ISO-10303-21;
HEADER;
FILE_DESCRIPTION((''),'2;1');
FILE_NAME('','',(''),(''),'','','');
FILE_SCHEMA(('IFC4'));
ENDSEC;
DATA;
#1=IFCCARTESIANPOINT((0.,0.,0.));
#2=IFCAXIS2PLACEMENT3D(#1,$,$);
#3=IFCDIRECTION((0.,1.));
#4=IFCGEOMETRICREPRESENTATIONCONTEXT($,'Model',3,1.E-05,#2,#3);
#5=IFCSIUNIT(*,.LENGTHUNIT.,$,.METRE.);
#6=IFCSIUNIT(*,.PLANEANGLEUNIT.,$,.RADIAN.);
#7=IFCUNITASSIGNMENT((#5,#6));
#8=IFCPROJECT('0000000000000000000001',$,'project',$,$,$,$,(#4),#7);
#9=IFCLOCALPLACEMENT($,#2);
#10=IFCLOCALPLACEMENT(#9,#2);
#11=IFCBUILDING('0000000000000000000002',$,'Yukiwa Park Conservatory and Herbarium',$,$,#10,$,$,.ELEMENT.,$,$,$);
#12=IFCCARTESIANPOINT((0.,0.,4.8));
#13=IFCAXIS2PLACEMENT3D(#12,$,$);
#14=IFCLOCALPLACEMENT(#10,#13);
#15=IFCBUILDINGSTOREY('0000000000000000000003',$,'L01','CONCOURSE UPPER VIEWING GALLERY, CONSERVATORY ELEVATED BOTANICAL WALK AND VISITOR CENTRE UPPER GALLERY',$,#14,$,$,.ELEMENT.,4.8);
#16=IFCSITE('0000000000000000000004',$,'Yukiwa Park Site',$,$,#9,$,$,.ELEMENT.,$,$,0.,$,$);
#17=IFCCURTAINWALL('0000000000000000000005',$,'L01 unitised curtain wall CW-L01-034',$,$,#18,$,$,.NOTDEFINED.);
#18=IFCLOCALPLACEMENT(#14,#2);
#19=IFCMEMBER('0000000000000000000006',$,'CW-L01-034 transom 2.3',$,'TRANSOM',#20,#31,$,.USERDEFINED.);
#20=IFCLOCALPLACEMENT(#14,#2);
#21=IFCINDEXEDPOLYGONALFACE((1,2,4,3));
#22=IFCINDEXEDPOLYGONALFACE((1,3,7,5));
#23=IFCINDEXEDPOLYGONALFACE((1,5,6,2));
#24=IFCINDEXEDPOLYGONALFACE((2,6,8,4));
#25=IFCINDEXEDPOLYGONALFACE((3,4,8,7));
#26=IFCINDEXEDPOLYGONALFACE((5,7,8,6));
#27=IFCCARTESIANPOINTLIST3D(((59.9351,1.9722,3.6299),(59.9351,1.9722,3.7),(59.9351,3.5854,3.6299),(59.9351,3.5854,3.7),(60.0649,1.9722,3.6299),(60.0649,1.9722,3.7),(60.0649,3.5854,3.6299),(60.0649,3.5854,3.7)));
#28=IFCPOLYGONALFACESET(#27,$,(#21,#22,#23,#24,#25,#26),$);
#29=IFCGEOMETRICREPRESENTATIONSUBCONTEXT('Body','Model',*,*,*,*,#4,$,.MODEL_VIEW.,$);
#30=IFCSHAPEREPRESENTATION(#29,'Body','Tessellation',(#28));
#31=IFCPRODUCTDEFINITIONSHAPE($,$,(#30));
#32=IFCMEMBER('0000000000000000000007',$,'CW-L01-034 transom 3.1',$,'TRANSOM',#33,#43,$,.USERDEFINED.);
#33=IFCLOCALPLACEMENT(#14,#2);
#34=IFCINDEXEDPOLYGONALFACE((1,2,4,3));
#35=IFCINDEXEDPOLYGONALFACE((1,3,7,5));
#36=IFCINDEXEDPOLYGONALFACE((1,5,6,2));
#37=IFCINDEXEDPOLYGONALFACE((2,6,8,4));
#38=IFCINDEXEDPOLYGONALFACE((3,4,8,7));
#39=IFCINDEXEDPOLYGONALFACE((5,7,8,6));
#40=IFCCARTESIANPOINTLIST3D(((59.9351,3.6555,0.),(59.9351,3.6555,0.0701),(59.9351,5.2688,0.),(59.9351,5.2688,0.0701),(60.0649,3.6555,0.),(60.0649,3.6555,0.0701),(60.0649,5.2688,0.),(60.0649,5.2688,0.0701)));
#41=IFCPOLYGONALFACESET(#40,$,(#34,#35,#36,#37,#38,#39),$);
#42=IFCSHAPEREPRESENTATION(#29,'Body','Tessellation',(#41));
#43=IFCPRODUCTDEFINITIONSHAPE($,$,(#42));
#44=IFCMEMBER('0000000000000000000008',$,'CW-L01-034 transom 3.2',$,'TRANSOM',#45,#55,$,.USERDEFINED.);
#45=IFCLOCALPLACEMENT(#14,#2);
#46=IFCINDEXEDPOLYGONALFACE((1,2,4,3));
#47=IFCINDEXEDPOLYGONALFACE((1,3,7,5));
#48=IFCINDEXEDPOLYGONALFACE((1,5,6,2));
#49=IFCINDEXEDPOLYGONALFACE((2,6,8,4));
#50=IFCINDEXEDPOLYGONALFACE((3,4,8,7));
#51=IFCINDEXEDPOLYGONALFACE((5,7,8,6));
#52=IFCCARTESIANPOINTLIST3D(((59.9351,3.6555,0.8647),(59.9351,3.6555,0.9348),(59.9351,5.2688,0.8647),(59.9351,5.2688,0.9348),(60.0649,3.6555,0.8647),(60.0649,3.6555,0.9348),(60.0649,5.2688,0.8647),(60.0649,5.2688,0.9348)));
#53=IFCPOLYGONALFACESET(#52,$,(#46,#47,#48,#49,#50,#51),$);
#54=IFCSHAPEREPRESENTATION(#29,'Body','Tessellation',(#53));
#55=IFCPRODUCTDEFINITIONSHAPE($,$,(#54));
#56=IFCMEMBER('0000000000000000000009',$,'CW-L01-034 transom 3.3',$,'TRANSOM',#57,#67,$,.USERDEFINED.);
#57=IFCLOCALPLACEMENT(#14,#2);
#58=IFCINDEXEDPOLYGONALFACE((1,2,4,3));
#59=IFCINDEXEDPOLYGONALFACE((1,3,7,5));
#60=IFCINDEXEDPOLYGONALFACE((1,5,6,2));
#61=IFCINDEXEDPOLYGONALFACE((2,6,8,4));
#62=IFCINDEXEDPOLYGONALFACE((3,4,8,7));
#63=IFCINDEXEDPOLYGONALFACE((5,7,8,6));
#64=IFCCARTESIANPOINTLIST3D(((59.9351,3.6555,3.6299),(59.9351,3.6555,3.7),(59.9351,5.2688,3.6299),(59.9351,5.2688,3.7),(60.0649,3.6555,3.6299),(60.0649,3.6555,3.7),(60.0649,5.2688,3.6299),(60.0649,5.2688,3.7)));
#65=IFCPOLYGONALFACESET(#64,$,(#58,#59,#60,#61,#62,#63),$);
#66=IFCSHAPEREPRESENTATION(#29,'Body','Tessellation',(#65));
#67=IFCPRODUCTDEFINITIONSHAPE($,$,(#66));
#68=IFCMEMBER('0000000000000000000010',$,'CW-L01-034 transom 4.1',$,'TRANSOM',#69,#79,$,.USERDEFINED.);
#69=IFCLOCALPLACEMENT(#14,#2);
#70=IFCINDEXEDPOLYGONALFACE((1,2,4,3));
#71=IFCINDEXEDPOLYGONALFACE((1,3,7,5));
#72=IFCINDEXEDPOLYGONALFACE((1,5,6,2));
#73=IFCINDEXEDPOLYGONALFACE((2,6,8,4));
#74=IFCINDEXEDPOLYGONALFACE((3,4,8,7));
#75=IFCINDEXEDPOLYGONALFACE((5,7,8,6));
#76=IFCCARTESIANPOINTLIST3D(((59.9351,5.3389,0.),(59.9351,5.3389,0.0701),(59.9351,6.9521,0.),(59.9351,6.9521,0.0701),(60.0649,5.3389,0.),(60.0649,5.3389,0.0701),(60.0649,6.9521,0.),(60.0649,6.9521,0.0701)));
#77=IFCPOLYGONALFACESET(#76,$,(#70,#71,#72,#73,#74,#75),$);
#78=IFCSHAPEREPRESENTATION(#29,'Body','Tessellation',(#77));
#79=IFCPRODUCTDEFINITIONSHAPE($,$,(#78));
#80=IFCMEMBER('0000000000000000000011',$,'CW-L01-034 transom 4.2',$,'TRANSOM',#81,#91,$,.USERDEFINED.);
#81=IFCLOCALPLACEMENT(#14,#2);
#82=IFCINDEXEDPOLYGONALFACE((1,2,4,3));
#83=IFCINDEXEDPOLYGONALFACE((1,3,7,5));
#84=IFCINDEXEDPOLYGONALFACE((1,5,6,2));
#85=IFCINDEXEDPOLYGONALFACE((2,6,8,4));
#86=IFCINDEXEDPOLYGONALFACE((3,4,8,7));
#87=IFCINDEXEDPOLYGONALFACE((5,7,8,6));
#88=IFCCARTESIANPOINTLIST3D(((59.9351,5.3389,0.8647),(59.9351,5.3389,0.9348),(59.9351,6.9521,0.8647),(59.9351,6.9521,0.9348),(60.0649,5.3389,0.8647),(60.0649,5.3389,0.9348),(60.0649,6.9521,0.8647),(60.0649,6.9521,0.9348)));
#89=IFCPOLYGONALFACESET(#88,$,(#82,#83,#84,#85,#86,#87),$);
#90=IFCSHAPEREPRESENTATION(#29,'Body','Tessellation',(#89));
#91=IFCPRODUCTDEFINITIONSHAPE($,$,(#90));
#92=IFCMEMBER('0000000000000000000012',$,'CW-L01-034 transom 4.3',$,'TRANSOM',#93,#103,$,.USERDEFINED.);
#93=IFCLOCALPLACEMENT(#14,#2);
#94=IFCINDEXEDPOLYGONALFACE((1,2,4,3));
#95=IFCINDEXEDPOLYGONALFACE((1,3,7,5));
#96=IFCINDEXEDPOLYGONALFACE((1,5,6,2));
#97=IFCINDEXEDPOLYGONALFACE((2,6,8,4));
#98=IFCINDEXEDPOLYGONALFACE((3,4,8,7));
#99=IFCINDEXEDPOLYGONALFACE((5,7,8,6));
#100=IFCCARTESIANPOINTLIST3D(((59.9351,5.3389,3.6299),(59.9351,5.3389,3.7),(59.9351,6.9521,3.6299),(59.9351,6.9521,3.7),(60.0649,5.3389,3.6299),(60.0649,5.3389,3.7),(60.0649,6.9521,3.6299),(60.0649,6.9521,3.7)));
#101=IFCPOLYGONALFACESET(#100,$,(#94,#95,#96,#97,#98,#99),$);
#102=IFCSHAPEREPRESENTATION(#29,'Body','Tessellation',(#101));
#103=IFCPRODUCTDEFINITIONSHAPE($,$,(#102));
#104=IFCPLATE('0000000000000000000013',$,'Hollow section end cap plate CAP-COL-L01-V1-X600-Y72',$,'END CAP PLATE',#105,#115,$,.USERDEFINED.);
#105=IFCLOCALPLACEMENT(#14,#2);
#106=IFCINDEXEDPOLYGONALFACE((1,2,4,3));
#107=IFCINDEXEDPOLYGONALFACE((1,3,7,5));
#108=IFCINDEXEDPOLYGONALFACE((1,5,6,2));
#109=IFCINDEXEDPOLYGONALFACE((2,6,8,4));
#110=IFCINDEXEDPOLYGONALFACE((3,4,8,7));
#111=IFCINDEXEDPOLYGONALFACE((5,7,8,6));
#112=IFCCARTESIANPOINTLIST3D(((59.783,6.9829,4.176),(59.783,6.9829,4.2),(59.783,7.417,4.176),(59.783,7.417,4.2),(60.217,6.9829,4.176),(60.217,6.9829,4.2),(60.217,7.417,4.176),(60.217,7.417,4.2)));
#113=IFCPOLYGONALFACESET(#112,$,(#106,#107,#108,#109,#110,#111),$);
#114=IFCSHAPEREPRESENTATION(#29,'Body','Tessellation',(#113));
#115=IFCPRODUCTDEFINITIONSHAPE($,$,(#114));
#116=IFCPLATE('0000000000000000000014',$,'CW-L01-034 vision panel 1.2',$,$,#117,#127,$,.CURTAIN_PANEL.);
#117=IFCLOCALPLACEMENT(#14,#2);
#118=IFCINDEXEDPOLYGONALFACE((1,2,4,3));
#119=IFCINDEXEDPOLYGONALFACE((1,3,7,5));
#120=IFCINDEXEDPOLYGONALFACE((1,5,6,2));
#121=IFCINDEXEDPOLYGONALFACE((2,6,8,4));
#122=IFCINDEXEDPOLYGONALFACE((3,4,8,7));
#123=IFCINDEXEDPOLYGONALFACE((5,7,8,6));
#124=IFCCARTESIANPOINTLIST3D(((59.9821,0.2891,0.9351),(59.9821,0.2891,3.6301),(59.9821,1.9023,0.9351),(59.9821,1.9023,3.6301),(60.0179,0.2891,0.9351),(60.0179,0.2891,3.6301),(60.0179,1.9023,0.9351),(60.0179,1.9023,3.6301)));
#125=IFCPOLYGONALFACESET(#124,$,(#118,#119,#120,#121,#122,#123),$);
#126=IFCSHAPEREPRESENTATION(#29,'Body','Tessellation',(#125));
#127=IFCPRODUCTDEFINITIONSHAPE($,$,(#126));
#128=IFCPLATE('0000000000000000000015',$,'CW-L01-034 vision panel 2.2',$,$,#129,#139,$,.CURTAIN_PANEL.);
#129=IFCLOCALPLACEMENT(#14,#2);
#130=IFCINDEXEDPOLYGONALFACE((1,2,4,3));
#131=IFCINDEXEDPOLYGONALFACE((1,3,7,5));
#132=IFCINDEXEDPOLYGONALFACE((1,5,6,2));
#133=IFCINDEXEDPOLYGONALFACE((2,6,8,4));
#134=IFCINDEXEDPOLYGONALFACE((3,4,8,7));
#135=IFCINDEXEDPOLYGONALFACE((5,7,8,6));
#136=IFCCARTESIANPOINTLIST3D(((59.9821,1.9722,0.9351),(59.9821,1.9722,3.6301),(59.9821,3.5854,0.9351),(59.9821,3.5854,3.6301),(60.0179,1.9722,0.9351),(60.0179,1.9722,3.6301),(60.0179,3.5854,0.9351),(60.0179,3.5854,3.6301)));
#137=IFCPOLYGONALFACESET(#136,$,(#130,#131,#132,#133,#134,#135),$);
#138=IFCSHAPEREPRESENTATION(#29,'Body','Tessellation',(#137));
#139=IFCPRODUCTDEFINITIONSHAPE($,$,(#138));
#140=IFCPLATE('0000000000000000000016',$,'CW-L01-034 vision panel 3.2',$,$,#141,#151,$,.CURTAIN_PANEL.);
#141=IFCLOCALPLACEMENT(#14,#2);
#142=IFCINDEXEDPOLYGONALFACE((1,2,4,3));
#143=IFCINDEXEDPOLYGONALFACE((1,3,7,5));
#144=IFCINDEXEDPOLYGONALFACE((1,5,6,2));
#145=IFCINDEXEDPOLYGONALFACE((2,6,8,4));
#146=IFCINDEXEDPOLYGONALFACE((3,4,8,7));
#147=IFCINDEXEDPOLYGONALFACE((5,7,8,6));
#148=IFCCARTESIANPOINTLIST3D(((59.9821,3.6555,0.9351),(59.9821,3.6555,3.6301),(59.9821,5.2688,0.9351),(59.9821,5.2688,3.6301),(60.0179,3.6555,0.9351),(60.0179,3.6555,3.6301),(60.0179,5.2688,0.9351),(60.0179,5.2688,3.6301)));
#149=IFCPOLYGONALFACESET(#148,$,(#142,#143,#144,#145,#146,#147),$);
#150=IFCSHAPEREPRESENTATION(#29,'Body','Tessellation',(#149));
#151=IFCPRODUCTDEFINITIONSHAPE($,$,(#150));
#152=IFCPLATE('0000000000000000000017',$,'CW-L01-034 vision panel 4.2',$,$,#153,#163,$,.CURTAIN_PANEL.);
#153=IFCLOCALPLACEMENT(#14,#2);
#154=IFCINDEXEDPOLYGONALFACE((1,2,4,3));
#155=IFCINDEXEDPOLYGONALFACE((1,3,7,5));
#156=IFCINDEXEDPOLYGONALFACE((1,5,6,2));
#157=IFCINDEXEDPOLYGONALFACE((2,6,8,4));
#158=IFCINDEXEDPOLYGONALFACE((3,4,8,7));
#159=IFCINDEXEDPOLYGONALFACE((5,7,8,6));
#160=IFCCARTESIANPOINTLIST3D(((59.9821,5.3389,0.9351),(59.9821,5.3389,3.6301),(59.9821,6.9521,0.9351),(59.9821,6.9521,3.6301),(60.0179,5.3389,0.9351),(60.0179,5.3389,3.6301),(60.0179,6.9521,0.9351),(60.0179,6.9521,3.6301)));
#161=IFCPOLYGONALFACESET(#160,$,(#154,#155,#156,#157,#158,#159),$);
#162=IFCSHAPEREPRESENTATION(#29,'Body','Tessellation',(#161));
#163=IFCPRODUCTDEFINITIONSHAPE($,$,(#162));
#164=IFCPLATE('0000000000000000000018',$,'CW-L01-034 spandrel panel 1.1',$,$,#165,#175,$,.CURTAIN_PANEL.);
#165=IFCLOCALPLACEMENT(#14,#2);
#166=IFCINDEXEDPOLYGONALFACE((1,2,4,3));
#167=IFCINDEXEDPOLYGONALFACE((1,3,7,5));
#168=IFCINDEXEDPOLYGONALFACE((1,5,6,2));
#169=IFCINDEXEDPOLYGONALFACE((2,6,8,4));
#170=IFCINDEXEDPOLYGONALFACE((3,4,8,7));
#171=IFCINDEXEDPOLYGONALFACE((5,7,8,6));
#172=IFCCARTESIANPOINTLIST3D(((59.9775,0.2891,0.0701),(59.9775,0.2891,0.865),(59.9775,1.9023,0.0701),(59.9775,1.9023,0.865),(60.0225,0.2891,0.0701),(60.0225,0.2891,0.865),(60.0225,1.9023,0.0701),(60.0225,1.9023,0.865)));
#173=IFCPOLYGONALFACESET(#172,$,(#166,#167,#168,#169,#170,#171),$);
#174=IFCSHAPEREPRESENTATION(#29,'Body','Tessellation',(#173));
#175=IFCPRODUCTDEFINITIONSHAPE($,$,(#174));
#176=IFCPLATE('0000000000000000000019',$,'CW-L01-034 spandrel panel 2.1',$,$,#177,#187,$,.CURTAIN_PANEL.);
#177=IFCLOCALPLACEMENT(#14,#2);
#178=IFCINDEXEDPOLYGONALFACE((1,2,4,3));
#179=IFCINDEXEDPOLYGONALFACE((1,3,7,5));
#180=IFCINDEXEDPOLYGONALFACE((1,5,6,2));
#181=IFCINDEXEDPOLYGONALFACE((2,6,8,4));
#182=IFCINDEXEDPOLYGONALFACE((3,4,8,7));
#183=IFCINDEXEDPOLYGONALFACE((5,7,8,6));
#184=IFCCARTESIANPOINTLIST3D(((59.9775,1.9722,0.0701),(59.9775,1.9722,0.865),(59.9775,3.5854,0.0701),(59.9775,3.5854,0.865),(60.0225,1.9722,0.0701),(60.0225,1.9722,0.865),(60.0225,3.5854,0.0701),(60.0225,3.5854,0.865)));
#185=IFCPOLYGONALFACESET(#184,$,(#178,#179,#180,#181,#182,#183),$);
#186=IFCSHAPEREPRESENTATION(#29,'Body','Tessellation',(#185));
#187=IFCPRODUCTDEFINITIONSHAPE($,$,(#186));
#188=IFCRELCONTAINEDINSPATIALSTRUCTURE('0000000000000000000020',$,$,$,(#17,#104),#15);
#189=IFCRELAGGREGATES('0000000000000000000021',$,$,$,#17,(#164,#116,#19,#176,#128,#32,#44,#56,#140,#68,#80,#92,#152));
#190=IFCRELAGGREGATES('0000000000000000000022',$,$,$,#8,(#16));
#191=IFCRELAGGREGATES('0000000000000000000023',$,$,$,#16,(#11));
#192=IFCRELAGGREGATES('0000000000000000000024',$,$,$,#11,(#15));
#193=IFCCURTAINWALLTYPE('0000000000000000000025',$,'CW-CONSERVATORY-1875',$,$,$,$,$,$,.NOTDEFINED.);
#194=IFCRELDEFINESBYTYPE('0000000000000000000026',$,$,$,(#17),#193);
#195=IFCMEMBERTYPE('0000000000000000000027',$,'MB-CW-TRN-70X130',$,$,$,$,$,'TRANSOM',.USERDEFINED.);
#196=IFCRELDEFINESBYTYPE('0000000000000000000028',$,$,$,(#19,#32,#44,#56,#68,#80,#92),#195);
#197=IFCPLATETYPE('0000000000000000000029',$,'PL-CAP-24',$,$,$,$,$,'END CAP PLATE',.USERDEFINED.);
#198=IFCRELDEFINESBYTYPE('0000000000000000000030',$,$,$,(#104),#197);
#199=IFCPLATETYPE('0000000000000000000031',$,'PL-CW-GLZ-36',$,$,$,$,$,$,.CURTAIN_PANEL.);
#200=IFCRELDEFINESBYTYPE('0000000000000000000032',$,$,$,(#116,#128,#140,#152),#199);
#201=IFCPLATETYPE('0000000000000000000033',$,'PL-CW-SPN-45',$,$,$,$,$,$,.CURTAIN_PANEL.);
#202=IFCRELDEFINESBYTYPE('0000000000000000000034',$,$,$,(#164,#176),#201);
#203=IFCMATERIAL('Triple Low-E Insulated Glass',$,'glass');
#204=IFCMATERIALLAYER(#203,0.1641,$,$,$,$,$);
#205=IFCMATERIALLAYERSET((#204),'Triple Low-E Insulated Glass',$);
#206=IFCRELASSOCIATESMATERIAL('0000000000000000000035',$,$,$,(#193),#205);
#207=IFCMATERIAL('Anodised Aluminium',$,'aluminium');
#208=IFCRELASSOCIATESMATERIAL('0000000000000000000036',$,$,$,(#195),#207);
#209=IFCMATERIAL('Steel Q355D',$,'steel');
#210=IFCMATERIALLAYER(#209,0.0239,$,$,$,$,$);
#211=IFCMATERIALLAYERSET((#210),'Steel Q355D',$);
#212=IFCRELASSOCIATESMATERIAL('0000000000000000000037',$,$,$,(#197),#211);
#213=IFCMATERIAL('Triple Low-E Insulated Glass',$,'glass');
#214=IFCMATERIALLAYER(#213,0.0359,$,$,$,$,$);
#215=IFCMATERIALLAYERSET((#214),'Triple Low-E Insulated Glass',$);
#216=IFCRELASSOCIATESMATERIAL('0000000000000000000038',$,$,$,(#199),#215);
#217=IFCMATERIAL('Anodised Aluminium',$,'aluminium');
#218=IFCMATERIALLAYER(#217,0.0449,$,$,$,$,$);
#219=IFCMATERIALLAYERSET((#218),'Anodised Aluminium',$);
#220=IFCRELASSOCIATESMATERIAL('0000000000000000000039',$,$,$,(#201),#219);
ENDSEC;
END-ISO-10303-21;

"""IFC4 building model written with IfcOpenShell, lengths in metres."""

from ifc_helpers import new_model, si_unit, direction, frame, origin, origin_2d, place, context, subcontext, project, spatial, rectangle, extrude, material, layer, layer_set, type_object, element, aggregate, save


model = new_model("IFC4")

# Units and contexts
model_context = context("Model", 3, precision=1e-05, world=origin(), true_north=direction((0.0, 1.0)))
body_context = subcontext(model_context, "Body", "Model", "MODEL_VIEW")
ifc_project = project(units=[si_unit("LENGTHUNIT", "METRE"), si_unit("PLANEANGLEUNIT", "RADIAN")], contexts=[model_context])

# Site, building, storey
site_placement = place(None, origin())
site = spatial("IfcSite", under=ifc_project, at=site_placement, Name="Yukiwa Park Site", CompositionType="ELEMENT", RefElevation=0.0)
building_placement = place(site_placement, origin())
building = spatial("IfcBuilding", under=site, at=building_placement, Name="Yukiwa Park Conservatory and Herbarium", CompositionType="ELEMENT")
storey_placement = place(building_placement, frame((0.0, 0.0, 4.8)))
storey = spatial("IfcBuildingStorey", under=building, at=storey_placement, Name="L01", Description="CONCOURSE UPPER VIEWING GALLERY, CONSERVATORY ELEVATED BOTANICAL WALK AND VISITOR CENTRE UPPER GALLERY", CompositionType="ELEMENT", Elevation=4.8)

# Curtain wall, members
ifc_material_1 = material(Name="Triple Low-E Insulated Glass", Category="glass")
ifc_layer_1 = layer(ifc_material_1, 0.1641)
ifc_layer_set_1 = layer_set([ifc_layer_1], Name="Triple Low-E Insulated Glass")
curtain_wall_type = type_object("IfcCurtainWallType", Name="CW-CONSERVATORY-1875", PredefinedType="NOTDEFINED", material=ifc_layer_set_1)
curtain_wall_placement = place(storey_placement, origin())
curtain_wall = element("IfcCurtainWall", 1, at=curtain_wall_placement, inside=storey, type_object=curtain_wall_type, Name="L01 unitised curtain wall CW-L01-034", PredefinedType="NOTDEFINED")
ifc_material_2 = material(Name="Anodised Aluminium", Category="aluminium")
member_type_1 = type_object("IfcMemberType", Name="MB-CW-TRN-70X130", ElementType="TRANSOM", PredefinedType="USERDEFINED", material=ifc_material_2)
member_1_placement = place(storey_placement, frame((60.0, 2.7788, 3.6299), z_axis=(0.0, 0.0, 1.0), x_axis=(0.0, 1.0, 0.0)))
member_1 = element("IfcMember", 2, at=member_1_placement, type_object=member_type_1, Name="CW-L01-034 transom 2.3", ObjectType="TRANSOM", PredefinedType="USERDEFINED", context=body_context, shape_type="SweptSolid", body=[
    extrude(rectangle(XDim=1.6133, YDim=0.1299, at=origin_2d()), origin(), (0.0, 0.0, 1.0), 0.0701),
])
member_2_placement = place(storey_placement, frame((60.0, 4.4622, 0.0), z_axis=(0.0, 0.0, 1.0), x_axis=(0.0, 1.0, 0.0)))
member_2 = element("IfcMember", 3, at=member_2_placement, type_object=member_type_1, Name="CW-L01-034 transom 3.1", ObjectType="TRANSOM", PredefinedType="USERDEFINED", context=body_context, shape_type="SweptSolid", body=[
    extrude(rectangle(XDim=1.6133, YDim=0.1299, at=origin_2d()), origin(), (0.0, 0.0, 1.0), 0.0701),
])
member_3_placement = place(storey_placement, frame((60.0, 4.4622, 0.8647), z_axis=(0.0, 0.0, 1.0), x_axis=(0.0, 1.0, 0.0)))
member_3 = element("IfcMember", 4, at=member_3_placement, type_object=member_type_1, Name="CW-L01-034 transom 3.2", ObjectType="TRANSOM", PredefinedType="USERDEFINED", context=body_context, shape_type="SweptSolid", body=[
    extrude(rectangle(XDim=1.6133, YDim=0.1299, at=origin_2d()), origin(), (0.0, 0.0, 1.0), 0.0701),
])
member_4_placement = place(storey_placement, frame((60.0, 4.4622, 3.6299), z_axis=(0.0, 0.0, 1.0), x_axis=(0.0, 1.0, 0.0)))
member_4 = element("IfcMember", 5, at=member_4_placement, type_object=member_type_1, Name="CW-L01-034 transom 3.3", ObjectType="TRANSOM", PredefinedType="USERDEFINED", context=body_context, shape_type="SweptSolid", body=[
    extrude(rectangle(XDim=1.6133, YDim=0.1299, at=origin_2d()), origin(), (0.0, 0.0, 1.0), 0.0701),
])
member_5_placement = place(storey_placement, frame((60.0, 6.1455, 0.0), z_axis=(0.0, 0.0, 1.0), x_axis=(0.0, 1.0, 0.0)))
member_5 = element("IfcMember", 6, at=member_5_placement, type_object=member_type_1, Name="CW-L01-034 transom 4.1", ObjectType="TRANSOM", PredefinedType="USERDEFINED", context=body_context, shape_type="SweptSolid", body=[
    extrude(rectangle(XDim=1.6133, YDim=0.1299, at=origin_2d()), origin(), (0.0, 0.0, 1.0), 0.0701),
])
member_6_placement = place(storey_placement, frame((60.0, 6.1455, 0.8647), z_axis=(0.0, 0.0, 1.0), x_axis=(0.0, 1.0, 0.0)))
member_6 = element("IfcMember", 7, at=member_6_placement, type_object=member_type_1, Name="CW-L01-034 transom 4.2", ObjectType="TRANSOM", PredefinedType="USERDEFINED", context=body_context, shape_type="SweptSolid", body=[
    extrude(rectangle(XDim=1.6133, YDim=0.1299, at=origin_2d()), origin(), (0.0, 0.0, 1.0), 0.0701),
])
member_7_placement = place(storey_placement, frame((60.0, 6.1455, 3.6299), z_axis=(0.0, 0.0, 1.0), x_axis=(0.0, 1.0, 0.0)))
member_7 = element("IfcMember", 8, at=member_7_placement, type_object=member_type_1, Name="CW-L01-034 transom 4.3", ObjectType="TRANSOM", PredefinedType="USERDEFINED", context=body_context, shape_type="SweptSolid", body=[
    extrude(rectangle(XDim=1.6133, YDim=0.1299, at=origin_2d()), origin(), (0.0, 0.0, 1.0), 0.0701),
])

# Plates
ifc_material_3 = material(Name="Steel Q355D", Category="steel")
ifc_layer_2 = layer(ifc_material_3, 0.0239)
ifc_layer_set_2 = layer_set([ifc_layer_2], Name="Steel Q355D")
plate_type_1 = type_object("IfcPlateType", Name="PL-CAP-24", ElementType="END CAP PLATE", PredefinedType="USERDEFINED", material=ifc_layer_set_2)
plate_1_placement = place(storey_placement, frame((60.0, 7.2, 4.176), z_axis=(0.0, 0.0, 1.0), x_axis=(1.0, 0.0, 0.0)))
element("IfcPlate", 9, at=plate_1_placement, inside=storey, type_object=plate_type_1, Name="Hollow section end cap plate CAP-COL-L01-V1-X600-Y72", ObjectType="END CAP PLATE", PredefinedType="USERDEFINED", context=body_context, shape_type="SweptSolid", body=[
    extrude(rectangle(XDim=0.4341, YDim=0.4341, at=origin_2d()), origin(), (0.0, 0.0, 1.0), 0.0239),
])
ifc_material_4 = material(Name="Triple Low-E Insulated Glass", Category="glass")
ifc_layer_3 = layer(ifc_material_4, 0.0359)
ifc_layer_set_3 = layer_set([ifc_layer_3], Name="Triple Low-E Insulated Glass")
plate_type_2 = type_object("IfcPlateType", Name="PL-CW-GLZ-36", PredefinedType="CURTAIN_PANEL", material=ifc_layer_set_3)
plate_2_placement = place(storey_placement, frame((60.0, 1.0957, 0.9351), z_axis=(0.0, 0.0, 1.0), x_axis=(0.0, 1.0, 0.0)))
plate_2 = element("IfcPlate", 10, at=plate_2_placement, type_object=plate_type_2, Name="CW-L01-034 vision panel 1.2", PredefinedType="CURTAIN_PANEL", context=body_context, shape_type="SweptSolid", body=[
    extrude(rectangle(XDim=1.6133, YDim=0.0359, at=origin_2d()), origin(), (0.0, 0.0, 1.0), 2.6951),
])
plate_3_placement = place(storey_placement, frame((60.0, 2.7788, 0.9351), z_axis=(0.0, 0.0, 1.0), x_axis=(0.0, 1.0, 0.0)))
plate_3 = element("IfcPlate", 11, at=plate_3_placement, type_object=plate_type_2, Name="CW-L01-034 vision panel 2.2", PredefinedType="CURTAIN_PANEL", context=body_context, shape_type="SweptSolid", body=[
    extrude(rectangle(XDim=1.6133, YDim=0.0359, at=origin_2d()), origin(), (0.0, 0.0, 1.0), 2.6951),
])
plate_4_placement = place(storey_placement, frame((60.0, 4.4622, 0.9351), z_axis=(0.0, 0.0, 1.0), x_axis=(0.0, 1.0, 0.0)))
plate_4 = element("IfcPlate", 12, at=plate_4_placement, type_object=plate_type_2, Name="CW-L01-034 vision panel 3.2", PredefinedType="CURTAIN_PANEL", context=body_context, shape_type="SweptSolid", body=[
    extrude(rectangle(XDim=1.6133, YDim=0.0359, at=origin_2d()), origin(), (0.0, 0.0, 1.0), 2.6951),
])
plate_5_placement = place(storey_placement, frame((60.0, 6.1455, 0.9351), z_axis=(0.0, 0.0, 1.0), x_axis=(0.0, 1.0, 0.0)))
plate_5 = element("IfcPlate", 13, at=plate_5_placement, type_object=plate_type_2, Name="CW-L01-034 vision panel 4.2", PredefinedType="CURTAIN_PANEL", context=body_context, shape_type="SweptSolid", body=[
    extrude(rectangle(XDim=1.6133, YDim=0.0359, at=origin_2d()), origin(), (0.0, 0.0, 1.0), 2.6951),
])
ifc_material_5 = material(Name="Anodised Aluminium", Category="aluminium")
ifc_layer_4 = layer(ifc_material_5, 0.0449)
ifc_layer_set_4 = layer_set([ifc_layer_4], Name="Anodised Aluminium")
plate_type_3 = type_object("IfcPlateType", Name="PL-CW-SPN-45", PredefinedType="CURTAIN_PANEL", material=ifc_layer_set_4)
plate_6_placement = place(storey_placement, frame((60.0, 1.0957, 0.0701), z_axis=(0.0, 0.0, 1.0), x_axis=(0.0, 1.0, 0.0)))
plate_6 = element("IfcPlate", 14, at=plate_6_placement, type_object=plate_type_3, Name="CW-L01-034 spandrel panel 1.1", PredefinedType="CURTAIN_PANEL", context=body_context, shape_type="SweptSolid", body=[
    extrude(rectangle(XDim=1.6133, YDim=0.0449, at=origin_2d()), origin(), (0.0, 0.0, 1.0), 0.7949),
])
plate_7_placement = place(storey_placement, frame((60.0, 2.7788, 0.0701), z_axis=(0.0, 0.0, 1.0), x_axis=(0.0, 1.0, 0.0)))
plate_7 = element("IfcPlate", 15, at=plate_7_placement, type_object=plate_type_3, Name="CW-L01-034 spandrel panel 2.1", PredefinedType="CURTAIN_PANEL", context=body_context, shape_type="SweptSolid", body=[
    extrude(rectangle(XDim=1.6133, YDim=0.0449, at=origin_2d()), origin(), (0.0, 0.0, 1.0), 0.7949),
])
aggregate(curtain_wall, [plate_6, plate_2, member_1, plate_7, plate_3, member_2, member_3, member_4, plate_4, member_5, member_6, member_7, plate_5])

save(model, "model.ifc")
